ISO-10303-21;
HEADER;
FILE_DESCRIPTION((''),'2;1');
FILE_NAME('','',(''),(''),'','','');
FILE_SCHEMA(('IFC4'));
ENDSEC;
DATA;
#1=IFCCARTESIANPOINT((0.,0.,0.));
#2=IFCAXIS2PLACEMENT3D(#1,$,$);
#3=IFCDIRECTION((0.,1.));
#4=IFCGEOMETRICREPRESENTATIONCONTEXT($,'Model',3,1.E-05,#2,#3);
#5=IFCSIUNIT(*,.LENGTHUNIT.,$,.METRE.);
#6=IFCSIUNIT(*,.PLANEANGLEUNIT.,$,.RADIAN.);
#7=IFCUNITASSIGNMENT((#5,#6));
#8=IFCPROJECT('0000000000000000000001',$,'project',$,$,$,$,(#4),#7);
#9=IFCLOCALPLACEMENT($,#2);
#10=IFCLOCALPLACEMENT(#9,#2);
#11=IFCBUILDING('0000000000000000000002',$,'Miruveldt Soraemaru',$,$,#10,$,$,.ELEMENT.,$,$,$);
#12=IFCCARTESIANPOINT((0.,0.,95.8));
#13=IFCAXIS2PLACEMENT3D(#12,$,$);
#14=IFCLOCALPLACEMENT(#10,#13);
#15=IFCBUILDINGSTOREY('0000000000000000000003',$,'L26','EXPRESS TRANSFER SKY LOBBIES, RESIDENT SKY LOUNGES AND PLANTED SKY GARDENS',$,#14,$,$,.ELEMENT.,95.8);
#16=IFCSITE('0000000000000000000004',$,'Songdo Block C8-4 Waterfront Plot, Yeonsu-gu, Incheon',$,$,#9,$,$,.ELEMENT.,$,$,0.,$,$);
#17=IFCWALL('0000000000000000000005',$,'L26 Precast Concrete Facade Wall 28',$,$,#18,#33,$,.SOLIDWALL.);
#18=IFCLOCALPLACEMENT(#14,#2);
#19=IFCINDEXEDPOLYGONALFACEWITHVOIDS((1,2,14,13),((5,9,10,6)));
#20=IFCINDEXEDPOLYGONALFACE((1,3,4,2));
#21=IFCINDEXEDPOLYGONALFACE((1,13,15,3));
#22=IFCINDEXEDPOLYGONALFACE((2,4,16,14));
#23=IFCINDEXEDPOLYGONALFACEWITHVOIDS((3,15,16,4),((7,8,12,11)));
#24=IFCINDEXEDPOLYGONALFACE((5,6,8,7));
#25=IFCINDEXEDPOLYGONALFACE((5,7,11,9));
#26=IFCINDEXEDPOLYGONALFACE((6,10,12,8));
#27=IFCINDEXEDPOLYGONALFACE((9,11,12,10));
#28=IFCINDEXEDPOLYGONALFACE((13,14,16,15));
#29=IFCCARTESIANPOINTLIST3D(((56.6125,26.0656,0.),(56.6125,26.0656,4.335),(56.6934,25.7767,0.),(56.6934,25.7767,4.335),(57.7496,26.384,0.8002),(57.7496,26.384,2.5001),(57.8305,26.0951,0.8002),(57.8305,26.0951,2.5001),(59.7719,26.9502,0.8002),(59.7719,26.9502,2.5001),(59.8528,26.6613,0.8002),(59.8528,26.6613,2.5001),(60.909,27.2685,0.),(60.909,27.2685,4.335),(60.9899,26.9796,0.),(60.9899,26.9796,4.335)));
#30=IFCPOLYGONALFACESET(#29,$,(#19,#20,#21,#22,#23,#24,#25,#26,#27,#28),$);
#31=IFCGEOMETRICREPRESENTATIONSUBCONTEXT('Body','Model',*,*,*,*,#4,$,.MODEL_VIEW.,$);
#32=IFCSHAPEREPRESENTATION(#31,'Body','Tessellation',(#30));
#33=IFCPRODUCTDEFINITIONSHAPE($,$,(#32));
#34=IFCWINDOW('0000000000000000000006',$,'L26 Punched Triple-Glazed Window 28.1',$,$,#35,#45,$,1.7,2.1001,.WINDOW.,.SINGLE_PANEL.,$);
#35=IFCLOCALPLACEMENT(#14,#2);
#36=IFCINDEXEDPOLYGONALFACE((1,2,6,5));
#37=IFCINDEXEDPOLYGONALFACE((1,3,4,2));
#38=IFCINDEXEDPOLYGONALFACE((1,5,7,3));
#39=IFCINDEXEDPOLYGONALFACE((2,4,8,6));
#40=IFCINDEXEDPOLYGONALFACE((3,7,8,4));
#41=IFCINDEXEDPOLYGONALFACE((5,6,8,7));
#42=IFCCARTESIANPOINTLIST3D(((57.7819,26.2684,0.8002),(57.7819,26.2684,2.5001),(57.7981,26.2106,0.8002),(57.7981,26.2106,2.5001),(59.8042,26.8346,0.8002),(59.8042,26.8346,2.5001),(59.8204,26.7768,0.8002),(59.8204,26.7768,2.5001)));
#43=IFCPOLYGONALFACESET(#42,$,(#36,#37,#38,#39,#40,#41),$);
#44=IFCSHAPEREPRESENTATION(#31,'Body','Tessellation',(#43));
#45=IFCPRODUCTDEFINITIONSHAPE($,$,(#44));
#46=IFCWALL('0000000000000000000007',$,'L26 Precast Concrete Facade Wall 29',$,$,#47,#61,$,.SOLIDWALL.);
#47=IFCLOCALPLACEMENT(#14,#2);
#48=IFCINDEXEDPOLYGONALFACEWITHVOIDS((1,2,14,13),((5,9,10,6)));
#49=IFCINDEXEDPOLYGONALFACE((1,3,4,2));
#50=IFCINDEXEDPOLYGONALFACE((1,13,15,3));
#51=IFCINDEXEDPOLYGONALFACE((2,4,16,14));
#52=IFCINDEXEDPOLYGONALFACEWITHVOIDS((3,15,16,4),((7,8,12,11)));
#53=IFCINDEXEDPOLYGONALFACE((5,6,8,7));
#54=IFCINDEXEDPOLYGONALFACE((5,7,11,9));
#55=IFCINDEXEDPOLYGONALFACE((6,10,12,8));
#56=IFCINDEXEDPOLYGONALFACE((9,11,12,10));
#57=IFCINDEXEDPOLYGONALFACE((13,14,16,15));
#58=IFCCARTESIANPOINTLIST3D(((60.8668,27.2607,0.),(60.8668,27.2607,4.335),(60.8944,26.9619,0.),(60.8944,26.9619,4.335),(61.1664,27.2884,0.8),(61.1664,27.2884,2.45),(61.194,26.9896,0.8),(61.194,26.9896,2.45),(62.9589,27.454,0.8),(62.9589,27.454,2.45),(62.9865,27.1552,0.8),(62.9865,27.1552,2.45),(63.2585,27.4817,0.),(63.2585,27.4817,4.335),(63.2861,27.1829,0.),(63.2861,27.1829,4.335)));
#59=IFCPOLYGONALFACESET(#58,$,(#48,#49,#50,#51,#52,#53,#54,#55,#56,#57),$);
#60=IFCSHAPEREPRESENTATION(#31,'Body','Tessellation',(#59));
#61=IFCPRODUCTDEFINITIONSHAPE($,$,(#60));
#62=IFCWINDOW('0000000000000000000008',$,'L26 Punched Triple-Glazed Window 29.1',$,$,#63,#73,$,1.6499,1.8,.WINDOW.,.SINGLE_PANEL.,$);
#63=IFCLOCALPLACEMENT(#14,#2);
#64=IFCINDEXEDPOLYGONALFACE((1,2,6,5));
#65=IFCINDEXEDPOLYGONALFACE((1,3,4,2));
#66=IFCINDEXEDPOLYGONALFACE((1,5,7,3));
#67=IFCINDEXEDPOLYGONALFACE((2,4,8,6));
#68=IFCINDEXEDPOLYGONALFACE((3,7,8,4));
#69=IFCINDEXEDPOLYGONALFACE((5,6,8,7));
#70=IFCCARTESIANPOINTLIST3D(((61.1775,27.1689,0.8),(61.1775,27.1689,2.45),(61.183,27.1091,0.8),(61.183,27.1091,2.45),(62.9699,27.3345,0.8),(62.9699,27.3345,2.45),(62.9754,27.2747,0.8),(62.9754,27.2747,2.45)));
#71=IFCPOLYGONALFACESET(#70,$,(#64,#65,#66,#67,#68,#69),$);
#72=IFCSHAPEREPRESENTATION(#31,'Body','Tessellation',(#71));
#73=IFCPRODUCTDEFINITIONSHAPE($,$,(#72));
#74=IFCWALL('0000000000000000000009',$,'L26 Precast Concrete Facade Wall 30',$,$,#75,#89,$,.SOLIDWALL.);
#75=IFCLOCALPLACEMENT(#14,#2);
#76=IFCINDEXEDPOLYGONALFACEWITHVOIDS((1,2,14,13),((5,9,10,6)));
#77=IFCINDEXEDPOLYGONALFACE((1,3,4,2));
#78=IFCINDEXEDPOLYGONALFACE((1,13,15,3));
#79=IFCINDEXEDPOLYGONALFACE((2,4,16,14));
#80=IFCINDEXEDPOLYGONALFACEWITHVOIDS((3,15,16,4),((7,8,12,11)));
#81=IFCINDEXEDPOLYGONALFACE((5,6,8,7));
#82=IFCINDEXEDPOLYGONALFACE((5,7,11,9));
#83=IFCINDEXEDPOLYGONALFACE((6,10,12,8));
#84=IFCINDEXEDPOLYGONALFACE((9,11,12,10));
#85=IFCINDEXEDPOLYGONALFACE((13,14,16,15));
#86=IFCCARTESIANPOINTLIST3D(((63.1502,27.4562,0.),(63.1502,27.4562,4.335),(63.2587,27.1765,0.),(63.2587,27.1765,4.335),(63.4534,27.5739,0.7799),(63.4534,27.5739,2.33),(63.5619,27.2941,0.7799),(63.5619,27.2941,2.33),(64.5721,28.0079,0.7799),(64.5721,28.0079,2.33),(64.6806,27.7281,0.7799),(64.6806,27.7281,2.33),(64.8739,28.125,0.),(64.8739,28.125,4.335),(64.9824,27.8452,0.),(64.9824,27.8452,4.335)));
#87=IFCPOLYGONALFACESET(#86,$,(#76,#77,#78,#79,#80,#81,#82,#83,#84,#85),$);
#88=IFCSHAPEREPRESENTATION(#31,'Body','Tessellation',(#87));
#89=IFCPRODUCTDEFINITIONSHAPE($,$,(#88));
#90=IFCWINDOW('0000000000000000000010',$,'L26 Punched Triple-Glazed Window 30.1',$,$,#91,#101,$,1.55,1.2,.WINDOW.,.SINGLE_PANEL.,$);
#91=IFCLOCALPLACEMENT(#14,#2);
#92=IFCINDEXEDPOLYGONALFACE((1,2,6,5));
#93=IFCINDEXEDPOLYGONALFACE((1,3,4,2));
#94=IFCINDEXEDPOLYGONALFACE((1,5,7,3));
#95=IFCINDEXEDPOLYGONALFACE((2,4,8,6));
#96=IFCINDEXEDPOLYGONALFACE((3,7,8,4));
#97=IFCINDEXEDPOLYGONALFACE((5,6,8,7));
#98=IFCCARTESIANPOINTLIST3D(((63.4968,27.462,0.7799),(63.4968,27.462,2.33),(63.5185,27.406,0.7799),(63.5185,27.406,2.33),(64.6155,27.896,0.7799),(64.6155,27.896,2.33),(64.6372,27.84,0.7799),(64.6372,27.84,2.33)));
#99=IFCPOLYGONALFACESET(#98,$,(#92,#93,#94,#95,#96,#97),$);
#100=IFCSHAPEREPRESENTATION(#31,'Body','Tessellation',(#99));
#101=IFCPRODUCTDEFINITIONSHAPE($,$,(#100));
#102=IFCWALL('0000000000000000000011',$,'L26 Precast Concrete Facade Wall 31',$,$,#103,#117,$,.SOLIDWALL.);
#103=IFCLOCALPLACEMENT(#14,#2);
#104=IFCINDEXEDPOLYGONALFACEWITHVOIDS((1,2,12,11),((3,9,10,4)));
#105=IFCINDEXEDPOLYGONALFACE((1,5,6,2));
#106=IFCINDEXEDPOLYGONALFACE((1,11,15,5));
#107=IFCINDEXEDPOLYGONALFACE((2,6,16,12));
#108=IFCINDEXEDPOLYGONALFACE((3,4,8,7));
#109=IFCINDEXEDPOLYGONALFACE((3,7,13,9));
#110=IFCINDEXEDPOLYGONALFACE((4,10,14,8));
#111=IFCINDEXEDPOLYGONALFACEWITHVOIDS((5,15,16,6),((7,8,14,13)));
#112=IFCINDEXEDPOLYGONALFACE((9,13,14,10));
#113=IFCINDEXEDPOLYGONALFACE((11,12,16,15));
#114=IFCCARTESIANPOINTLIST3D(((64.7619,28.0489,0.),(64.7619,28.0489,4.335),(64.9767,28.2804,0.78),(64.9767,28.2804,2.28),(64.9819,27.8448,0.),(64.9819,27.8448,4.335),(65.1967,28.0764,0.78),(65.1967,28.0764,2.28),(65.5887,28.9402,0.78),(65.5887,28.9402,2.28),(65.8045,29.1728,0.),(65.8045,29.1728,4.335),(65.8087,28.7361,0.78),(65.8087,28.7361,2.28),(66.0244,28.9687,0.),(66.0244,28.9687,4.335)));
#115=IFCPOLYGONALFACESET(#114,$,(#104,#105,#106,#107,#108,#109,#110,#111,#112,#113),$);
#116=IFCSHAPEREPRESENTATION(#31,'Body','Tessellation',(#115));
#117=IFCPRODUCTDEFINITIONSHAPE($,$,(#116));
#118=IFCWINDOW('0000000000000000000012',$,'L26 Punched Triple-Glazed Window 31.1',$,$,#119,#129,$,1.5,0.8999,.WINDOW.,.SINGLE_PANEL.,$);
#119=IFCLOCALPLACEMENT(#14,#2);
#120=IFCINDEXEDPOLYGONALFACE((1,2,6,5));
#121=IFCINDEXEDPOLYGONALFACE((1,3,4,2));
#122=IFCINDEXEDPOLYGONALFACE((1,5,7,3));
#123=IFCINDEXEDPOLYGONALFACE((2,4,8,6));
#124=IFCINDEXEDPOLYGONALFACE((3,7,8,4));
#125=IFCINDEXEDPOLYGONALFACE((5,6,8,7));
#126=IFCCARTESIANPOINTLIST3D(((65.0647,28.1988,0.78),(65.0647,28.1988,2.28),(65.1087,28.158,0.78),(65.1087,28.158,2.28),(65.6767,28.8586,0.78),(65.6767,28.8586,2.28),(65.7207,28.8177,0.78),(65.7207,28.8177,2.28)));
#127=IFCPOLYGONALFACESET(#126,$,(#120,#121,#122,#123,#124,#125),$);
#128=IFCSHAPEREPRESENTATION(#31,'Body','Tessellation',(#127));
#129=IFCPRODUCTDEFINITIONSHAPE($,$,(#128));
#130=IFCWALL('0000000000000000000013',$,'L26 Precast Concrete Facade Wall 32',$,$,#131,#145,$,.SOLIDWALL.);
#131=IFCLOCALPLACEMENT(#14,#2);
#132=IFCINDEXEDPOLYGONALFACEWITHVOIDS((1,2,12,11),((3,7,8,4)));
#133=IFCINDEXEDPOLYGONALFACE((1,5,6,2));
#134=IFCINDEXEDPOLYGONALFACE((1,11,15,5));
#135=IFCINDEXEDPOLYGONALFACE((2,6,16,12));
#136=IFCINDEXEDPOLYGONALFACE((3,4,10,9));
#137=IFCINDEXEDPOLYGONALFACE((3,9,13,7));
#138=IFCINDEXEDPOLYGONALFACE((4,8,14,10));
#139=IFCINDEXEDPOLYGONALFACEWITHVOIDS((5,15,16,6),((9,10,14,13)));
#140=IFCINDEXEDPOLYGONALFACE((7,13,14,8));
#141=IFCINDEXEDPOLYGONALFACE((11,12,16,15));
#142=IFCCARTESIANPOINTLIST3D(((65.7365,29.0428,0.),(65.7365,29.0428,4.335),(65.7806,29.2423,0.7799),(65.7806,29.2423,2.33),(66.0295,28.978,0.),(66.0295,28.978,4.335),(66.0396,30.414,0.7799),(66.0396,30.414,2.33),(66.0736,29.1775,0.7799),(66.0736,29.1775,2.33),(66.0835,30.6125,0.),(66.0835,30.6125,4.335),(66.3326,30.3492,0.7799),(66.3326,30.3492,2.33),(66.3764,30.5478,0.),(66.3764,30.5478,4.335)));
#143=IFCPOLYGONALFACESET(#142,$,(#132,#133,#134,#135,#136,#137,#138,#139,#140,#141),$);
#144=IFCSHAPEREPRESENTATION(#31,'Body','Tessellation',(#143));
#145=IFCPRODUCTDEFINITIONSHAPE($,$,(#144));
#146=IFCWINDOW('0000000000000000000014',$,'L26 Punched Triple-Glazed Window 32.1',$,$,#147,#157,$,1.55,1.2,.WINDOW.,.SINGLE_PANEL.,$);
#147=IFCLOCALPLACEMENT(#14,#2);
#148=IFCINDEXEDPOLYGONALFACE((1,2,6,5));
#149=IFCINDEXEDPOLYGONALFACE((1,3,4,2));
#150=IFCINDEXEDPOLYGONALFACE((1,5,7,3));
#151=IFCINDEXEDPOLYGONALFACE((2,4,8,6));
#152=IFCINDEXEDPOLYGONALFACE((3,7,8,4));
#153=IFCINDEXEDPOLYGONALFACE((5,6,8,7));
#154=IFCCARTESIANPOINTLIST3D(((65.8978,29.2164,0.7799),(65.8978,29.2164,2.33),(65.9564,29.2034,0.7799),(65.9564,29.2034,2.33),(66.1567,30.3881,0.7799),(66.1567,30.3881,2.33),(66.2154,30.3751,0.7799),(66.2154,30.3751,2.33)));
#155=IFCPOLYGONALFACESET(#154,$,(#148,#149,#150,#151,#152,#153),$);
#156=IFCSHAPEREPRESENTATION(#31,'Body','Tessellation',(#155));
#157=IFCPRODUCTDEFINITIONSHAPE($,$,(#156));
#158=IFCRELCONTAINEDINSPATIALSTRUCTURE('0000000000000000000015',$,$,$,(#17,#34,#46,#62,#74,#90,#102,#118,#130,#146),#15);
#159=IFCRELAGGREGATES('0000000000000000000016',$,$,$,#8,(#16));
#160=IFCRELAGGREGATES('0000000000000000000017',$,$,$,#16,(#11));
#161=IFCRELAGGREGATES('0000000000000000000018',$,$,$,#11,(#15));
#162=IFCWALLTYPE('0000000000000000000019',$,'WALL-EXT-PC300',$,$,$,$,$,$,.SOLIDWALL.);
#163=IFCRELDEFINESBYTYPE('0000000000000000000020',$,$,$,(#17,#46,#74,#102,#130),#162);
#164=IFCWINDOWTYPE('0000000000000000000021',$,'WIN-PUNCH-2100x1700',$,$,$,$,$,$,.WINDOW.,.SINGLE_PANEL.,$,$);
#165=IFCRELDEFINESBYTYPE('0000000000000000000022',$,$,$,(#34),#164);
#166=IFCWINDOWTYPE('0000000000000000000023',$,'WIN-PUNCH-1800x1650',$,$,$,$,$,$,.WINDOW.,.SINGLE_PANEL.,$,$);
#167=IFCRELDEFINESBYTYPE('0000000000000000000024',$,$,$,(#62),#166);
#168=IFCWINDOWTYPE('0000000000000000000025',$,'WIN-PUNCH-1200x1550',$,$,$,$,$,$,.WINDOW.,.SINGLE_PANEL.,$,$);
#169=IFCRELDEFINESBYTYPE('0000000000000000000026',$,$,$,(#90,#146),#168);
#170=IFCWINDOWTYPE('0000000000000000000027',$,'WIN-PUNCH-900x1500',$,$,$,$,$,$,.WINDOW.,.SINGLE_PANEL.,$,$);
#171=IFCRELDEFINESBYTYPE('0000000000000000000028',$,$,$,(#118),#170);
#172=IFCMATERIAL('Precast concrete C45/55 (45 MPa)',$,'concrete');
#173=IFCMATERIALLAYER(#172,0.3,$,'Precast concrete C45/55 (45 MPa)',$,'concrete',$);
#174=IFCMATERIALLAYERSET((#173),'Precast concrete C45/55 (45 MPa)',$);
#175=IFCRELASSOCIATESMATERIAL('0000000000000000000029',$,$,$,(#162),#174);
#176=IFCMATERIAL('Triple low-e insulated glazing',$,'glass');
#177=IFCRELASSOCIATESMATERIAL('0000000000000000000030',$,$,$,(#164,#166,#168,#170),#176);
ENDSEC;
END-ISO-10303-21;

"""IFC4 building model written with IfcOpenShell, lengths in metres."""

from ifc_helpers import new_model, si_unit, direction, frame, frame_2d, origin, place, context, subcontext, project, spatial, rectangle, extrude, material, layer, layer_set, type_object, element, fill, save


model = new_model("IFC4")

# Units and contexts
model_context = context("Model", 3, precision=1e-05, world=origin(), true_north=direction((0.0, 1.0)))
body_context = subcontext(model_context, "Body", "Model", "MODEL_VIEW")
ifc_project = project(units=[si_unit("LENGTHUNIT", "METRE"), si_unit("PLANEANGLEUNIT", "RADIAN")], contexts=[model_context])

# Site, building, storey
site_placement = place(None, origin())
site = spatial("IfcSite", under=ifc_project, at=site_placement, Name="Songdo Block C8-4 Waterfront Plot, Yeonsu-gu, Incheon", CompositionType="ELEMENT", RefElevation=0.0)
building_placement = place(site_placement, origin())
building = spatial("IfcBuilding", under=site, at=building_placement, Name="Miruveldt Soraemaru", CompositionType="ELEMENT")
storey_placement = place(building_placement, frame((0.0, 0.0, 95.8)))
storey = spatial("IfcBuildingStorey", under=building, at=storey_placement, Name="L26", Description="EXPRESS TRANSFER SKY LOBBIES, RESIDENT SKY LOUNGES AND PLANTED SKY GARDENS", CompositionType="ELEMENT", Elevation=95.8)

# Walls, openings, windows
ifc_material_1 = material(Name="Precast concrete C45/55 (45 MPa)", Category="concrete")
ifc_layer_1 = layer(ifc_material_1, 0.3, Name="Precast concrete C45/55 (45 MPa)", Category="concrete")
ifc_layer_set_1 = layer_set([ifc_layer_1], Name="Precast concrete C45/55 (45 MPa)")
wall_type_1 = type_object("IfcWallType", Name="WALL-EXT-PC300", PredefinedType="SOLIDWALL", material=ifc_layer_set_1)
wall_1_placement = place(storey_placement, frame((56.6528, 25.9211, 0.0), z_axis=(0.0, 0.0, 1.0), x_axis=(0.96297, 0.269608, 0.0)))
wall_1 = element("IfcWall", 1, at=wall_1_placement, inside=storey, type_object=wall_type_1, Name="L26 Precast Concrete Facade Wall 28", PredefinedType="SOLIDWALL", context=body_context, shape_type="SweptSolid", body=[
    extrude(rectangle(XDim=4.4617, YDim=0.3, at=frame_2d((2.231, 0.0))), origin(), (0.0, 0.0, 1.0), 4.335),
])
opening_1_placement = place(wall_1_placement, frame((1.1809, 0.0, 0.8)))
opening_1 = element("IfcOpeningElement", 2, at=opening_1_placement, cuts=wall_1, PredefinedType="OPENING", context=body_context, shape_type="SweptSolid", body=[
    extrude(rectangle(XDim=2.1001, YDim=1.7, at=frame_2d((1.05, 0.8501))), frame((0.0, 0.1602, 0.0), z_axis=(0.0, -1.0, 0.0), x_axis=(1.0, 0.0, 0.0)), (0.0, 0.0, 1.0), 0.3201),
])
ifc_material_2 = material(Name="Triple low-e insulated glazing", Category="glass")
window_type_1 = type_object("IfcWindowType", Name="WIN-PUNCH-2100x1700", PartitioningType="SINGLE_PANEL", PredefinedType="WINDOW", material=ifc_material_2)
window_1_placement = place(opening_1_placement, origin())
window_1 = element("IfcWindow", 3, at=window_1_placement, inside=storey, type_object=window_type_1, Name="L26 Punched Triple-Glazed Window 28.1", OverallHeight=1.7, OverallWidth=2.1001, PartitioningType="SINGLE_PANEL", PredefinedType="WINDOW", context=body_context, shape_type="SweptSolid", body=[
    extrude(rectangle(XDim=2.1001, YDim=1.7, at=frame_2d((1.05, 0.8501))), frame((0.0, 0.03, 0.0), z_axis=(0.0, -1.0, 0.0), x_axis=(1.0, 0.0, 0.0)), (0.0, 0.0, 1.0), 0.0601),
])
fill(opening_1, window_1)
wall_2_placement = place(storey_placement, frame((60.8806, 27.1113, 0.0), z_axis=(0.0, 0.0, 1.0), x_axis=(0.99576, 0.091993, 0.0)))
wall_2 = element("IfcWall", 4, at=wall_2_placement, inside=storey, type_object=wall_type_1, Name="L26 Precast Concrete Facade Wall 29", PredefinedType="SOLIDWALL", context=body_context, shape_type="SweptSolid", body=[
    extrude(rectangle(XDim=2.4019, YDim=0.3, at=frame_2d((1.2009, 0.0))), origin(), (0.0, 0.0, 1.0), 4.335),
])
opening_2_placement = place(wall_2_placement, frame((0.301, 0.0, 0.8)))
opening_2 = element("IfcOpeningElement", 5, at=opening_2_placement, cuts=wall_2, PredefinedType="OPENING", context=body_context, shape_type="SweptSolid", body=[
    extrude(rectangle(XDim=1.8, YDim=1.6499, at=frame_2d((0.8999, 0.825))), frame((0.0, 0.1602, 0.0), z_axis=(0.0, -1.0, 0.0), x_axis=(1.0, 0.0, 0.0)), (0.0, 0.0, 1.0), 0.3201),
])
window_type_2 = type_object("IfcWindowType", Name="WIN-PUNCH-1800x1650", PartitioningType="SINGLE_PANEL", PredefinedType="WINDOW", material=ifc_material_2)
window_2_placement = place(opening_2_placement, origin())
window_2 = element("IfcWindow", 6, at=window_2_placement, inside=storey, type_object=window_type_2, Name="L26 Punched Triple-Glazed Window 29.1", OverallHeight=1.6499, OverallWidth=1.8, PartitioningType="SINGLE_PANEL", PredefinedType="WINDOW", context=body_context, shape_type="SweptSolid", body=[
    extrude(rectangle(XDim=1.8, YDim=1.6499, at=frame_2d((0.8999, 0.825))), frame((0.0, 0.03, 0.0), z_axis=(0.0, -1.0, 0.0), x_axis=(1.0, 0.0, 0.0)), (0.0, 0.0, 1.0), 0.0601),
])
fill(opening_2, window_2)
wall_3_placement = place(storey_placement, frame((63.2046, 27.3164, 0.0), z_axis=(0.0, 0.0, 1.0), x_axis=(0.932297, 0.361694, 0.0)))
wall_3 = element("IfcWall", 7, at=wall_3_placement, inside=storey, type_object=wall_type_1, Name="L26 Precast Concrete Facade Wall 30", PredefinedType="SOLIDWALL", context=body_context, shape_type="SweptSolid", body=[
    extrude(rectangle(XDim=1.8489, YDim=0.3, at=frame_2d((0.9243, 0.0))), origin(), (0.0, 0.0, 1.0), 4.335),
])
opening_3_placement = place(wall_3_placement, frame((0.325, 0.0, 0.78)))
opening_3 = element("IfcOpeningElement", 8, at=opening_3_placement, cuts=wall_3, PredefinedType="OPENING", context=body_context, shape_type="SweptSolid", body=[
    extrude(rectangle(XDim=1.2, YDim=1.55, at=frame_2d((0.6001, 0.7749))), frame((0.0, 0.1602, 0.0), z_axis=(0.0, -1.0, 0.0), x_axis=(1.0, 0.0, 0.0)), (0.0, 0.0, 1.0), 0.3201),
])
window_type_3 = type_object("IfcWindowType", Name="WIN-PUNCH-1200x1550", PartitioningType="SINGLE_PANEL", PredefinedType="WINDOW", material=ifc_material_2)
window_3_placement = place(opening_3_placement, origin())
window_3 = element("IfcWindow", 9, at=window_3_placement, inside=storey, type_object=window_type_3, Name="L26 Punched Triple-Glazed Window 30.1", OverallHeight=1.55, OverallWidth=1.2, PartitioningType="SINGLE_PANEL", PredefinedType="WINDOW", context=body_context, shape_type="SweptSolid", body=[
    extrude(rectangle(XDim=1.2, YDim=1.55, at=frame_2d((0.6001, 0.7749))), frame((0.0, 0.03, 0.0), z_axis=(0.0, -1.0, 0.0), x_axis=(1.0, 0.0, 0.0)), (0.0, 0.0, 1.0), 0.0601),
])
fill(opening_3, window_3)
wall_4_placement = place(storey_placement, frame((64.8718, 27.9468, 0.0), z_axis=(0.0, 0.0, 1.0), x_axis=(0.680091, 0.733128, 0.0)))
wall_4 = element("IfcWall", 10, at=wall_4_placement, inside=storey, type_object=wall_type_1, Name="L26 Precast Concrete Facade Wall 31", PredefinedType="SOLIDWALL", context=body_context, shape_type="SweptSolid", body=[
    extrude(rectangle(XDim=1.533, YDim=0.3, at=frame_2d((0.7666, 0.0))), origin(), (0.0, 0.0, 1.0), 4.335),
])
opening_4_placement = place(wall_4_placement, frame((0.3159, 0.0, 0.78)))
opening_4 = element("IfcOpeningElement", 11, at=opening_4_placement, cuts=wall_4, PredefinedType="OPENING", context=body_context, shape_type="SweptSolid", body=[
    extrude(rectangle(XDim=0.8999, YDim=1.5, at=frame_2d((0.45, 0.75))), frame((0.0, 0.1602, 0.0), z_axis=(0.0, -1.0, 0.0), x_axis=(1.0, 0.0, 0.0)), (0.0, 0.0, 1.0), 0.3201),
])
window_type_4 = type_object("IfcWindowType", Name="WIN-PUNCH-900x1500", PartitioningType="SINGLE_PANEL", PredefinedType="WINDOW", material=ifc_material_2)
window_4_placement = place(opening_4_placement, origin())
window_4 = element("IfcWindow", 12, at=window_4_placement, inside=storey, type_object=window_type_4, Name="L26 Punched Triple-Glazed Window 31.1", OverallHeight=1.5, OverallWidth=0.8999, PartitioningType="SINGLE_PANEL", PredefinedType="WINDOW", context=body_context, shape_type="SweptSolid", body=[
    extrude(rectangle(XDim=0.8999, YDim=1.5, at=frame_2d((0.45, 0.75))), frame((0.0, 0.03, 0.0), z_axis=(0.0, -1.0, 0.0), x_axis=(1.0, 0.0, 0.0)), (0.0, 0.0, 1.0), 0.0601),
])
fill(opening_4, window_4)
wall_5_placement = place(storey_placement, frame((65.8831, 29.0105, 0.0), z_axis=(0.0, 0.0, 1.0), x_axis=(0.215789, 0.97644, 0.0)))
wall_5 = element("IfcWall", 13, at=wall_5_placement, inside=storey, type_object=wall_type_1, Name="L26 Precast Concrete Facade Wall 32", PredefinedType="SOLIDWALL", context=body_context, shape_type="SweptSolid", body=[
    extrude(rectangle(XDim=1.6077, YDim=0.3, at=frame_2d((0.8037, 0.0))), origin(), (0.0, 0.0, 1.0), 4.335),
])
opening_5_placement = place(wall_5_placement, frame((0.2041, 0.0, 0.78)))
opening_5 = element("IfcOpeningElement", 14, at=opening_5_placement, cuts=wall_5, PredefinedType="OPENING", context=body_context, shape_type="SweptSolid", body=[
    extrude(rectangle(XDim=1.2, YDim=1.55, at=frame_2d((0.6001, 0.7749))), frame((0.0, 0.1602, 0.0), z_axis=(0.0, -1.0, 0.0), x_axis=(1.0, 0.0, 0.0)), (0.0, 0.0, 1.0), 0.3201),
])
window_5_placement = place(opening_5_placement, origin())
window_5 = element("IfcWindow", 15, at=window_5_placement, inside=storey, type_object=window_type_3, Name="L26 Punched Triple-Glazed Window 32.1", OverallHeight=1.55, OverallWidth=1.2, PartitioningType="SINGLE_PANEL", PredefinedType="WINDOW", context=body_context, shape_type="SweptSolid", body=[
    extrude(rectangle(XDim=1.2, YDim=1.55, at=frame_2d((0.6001, 0.7749))), frame((0.0, 0.03, 0.0), z_axis=(0.0, -1.0, 0.0), x_axis=(1.0, 0.0, 0.0)), (0.0, 0.0, 1.0), 0.0601),
])
fill(opening_5, window_5)

save(model, "model.ifc")
